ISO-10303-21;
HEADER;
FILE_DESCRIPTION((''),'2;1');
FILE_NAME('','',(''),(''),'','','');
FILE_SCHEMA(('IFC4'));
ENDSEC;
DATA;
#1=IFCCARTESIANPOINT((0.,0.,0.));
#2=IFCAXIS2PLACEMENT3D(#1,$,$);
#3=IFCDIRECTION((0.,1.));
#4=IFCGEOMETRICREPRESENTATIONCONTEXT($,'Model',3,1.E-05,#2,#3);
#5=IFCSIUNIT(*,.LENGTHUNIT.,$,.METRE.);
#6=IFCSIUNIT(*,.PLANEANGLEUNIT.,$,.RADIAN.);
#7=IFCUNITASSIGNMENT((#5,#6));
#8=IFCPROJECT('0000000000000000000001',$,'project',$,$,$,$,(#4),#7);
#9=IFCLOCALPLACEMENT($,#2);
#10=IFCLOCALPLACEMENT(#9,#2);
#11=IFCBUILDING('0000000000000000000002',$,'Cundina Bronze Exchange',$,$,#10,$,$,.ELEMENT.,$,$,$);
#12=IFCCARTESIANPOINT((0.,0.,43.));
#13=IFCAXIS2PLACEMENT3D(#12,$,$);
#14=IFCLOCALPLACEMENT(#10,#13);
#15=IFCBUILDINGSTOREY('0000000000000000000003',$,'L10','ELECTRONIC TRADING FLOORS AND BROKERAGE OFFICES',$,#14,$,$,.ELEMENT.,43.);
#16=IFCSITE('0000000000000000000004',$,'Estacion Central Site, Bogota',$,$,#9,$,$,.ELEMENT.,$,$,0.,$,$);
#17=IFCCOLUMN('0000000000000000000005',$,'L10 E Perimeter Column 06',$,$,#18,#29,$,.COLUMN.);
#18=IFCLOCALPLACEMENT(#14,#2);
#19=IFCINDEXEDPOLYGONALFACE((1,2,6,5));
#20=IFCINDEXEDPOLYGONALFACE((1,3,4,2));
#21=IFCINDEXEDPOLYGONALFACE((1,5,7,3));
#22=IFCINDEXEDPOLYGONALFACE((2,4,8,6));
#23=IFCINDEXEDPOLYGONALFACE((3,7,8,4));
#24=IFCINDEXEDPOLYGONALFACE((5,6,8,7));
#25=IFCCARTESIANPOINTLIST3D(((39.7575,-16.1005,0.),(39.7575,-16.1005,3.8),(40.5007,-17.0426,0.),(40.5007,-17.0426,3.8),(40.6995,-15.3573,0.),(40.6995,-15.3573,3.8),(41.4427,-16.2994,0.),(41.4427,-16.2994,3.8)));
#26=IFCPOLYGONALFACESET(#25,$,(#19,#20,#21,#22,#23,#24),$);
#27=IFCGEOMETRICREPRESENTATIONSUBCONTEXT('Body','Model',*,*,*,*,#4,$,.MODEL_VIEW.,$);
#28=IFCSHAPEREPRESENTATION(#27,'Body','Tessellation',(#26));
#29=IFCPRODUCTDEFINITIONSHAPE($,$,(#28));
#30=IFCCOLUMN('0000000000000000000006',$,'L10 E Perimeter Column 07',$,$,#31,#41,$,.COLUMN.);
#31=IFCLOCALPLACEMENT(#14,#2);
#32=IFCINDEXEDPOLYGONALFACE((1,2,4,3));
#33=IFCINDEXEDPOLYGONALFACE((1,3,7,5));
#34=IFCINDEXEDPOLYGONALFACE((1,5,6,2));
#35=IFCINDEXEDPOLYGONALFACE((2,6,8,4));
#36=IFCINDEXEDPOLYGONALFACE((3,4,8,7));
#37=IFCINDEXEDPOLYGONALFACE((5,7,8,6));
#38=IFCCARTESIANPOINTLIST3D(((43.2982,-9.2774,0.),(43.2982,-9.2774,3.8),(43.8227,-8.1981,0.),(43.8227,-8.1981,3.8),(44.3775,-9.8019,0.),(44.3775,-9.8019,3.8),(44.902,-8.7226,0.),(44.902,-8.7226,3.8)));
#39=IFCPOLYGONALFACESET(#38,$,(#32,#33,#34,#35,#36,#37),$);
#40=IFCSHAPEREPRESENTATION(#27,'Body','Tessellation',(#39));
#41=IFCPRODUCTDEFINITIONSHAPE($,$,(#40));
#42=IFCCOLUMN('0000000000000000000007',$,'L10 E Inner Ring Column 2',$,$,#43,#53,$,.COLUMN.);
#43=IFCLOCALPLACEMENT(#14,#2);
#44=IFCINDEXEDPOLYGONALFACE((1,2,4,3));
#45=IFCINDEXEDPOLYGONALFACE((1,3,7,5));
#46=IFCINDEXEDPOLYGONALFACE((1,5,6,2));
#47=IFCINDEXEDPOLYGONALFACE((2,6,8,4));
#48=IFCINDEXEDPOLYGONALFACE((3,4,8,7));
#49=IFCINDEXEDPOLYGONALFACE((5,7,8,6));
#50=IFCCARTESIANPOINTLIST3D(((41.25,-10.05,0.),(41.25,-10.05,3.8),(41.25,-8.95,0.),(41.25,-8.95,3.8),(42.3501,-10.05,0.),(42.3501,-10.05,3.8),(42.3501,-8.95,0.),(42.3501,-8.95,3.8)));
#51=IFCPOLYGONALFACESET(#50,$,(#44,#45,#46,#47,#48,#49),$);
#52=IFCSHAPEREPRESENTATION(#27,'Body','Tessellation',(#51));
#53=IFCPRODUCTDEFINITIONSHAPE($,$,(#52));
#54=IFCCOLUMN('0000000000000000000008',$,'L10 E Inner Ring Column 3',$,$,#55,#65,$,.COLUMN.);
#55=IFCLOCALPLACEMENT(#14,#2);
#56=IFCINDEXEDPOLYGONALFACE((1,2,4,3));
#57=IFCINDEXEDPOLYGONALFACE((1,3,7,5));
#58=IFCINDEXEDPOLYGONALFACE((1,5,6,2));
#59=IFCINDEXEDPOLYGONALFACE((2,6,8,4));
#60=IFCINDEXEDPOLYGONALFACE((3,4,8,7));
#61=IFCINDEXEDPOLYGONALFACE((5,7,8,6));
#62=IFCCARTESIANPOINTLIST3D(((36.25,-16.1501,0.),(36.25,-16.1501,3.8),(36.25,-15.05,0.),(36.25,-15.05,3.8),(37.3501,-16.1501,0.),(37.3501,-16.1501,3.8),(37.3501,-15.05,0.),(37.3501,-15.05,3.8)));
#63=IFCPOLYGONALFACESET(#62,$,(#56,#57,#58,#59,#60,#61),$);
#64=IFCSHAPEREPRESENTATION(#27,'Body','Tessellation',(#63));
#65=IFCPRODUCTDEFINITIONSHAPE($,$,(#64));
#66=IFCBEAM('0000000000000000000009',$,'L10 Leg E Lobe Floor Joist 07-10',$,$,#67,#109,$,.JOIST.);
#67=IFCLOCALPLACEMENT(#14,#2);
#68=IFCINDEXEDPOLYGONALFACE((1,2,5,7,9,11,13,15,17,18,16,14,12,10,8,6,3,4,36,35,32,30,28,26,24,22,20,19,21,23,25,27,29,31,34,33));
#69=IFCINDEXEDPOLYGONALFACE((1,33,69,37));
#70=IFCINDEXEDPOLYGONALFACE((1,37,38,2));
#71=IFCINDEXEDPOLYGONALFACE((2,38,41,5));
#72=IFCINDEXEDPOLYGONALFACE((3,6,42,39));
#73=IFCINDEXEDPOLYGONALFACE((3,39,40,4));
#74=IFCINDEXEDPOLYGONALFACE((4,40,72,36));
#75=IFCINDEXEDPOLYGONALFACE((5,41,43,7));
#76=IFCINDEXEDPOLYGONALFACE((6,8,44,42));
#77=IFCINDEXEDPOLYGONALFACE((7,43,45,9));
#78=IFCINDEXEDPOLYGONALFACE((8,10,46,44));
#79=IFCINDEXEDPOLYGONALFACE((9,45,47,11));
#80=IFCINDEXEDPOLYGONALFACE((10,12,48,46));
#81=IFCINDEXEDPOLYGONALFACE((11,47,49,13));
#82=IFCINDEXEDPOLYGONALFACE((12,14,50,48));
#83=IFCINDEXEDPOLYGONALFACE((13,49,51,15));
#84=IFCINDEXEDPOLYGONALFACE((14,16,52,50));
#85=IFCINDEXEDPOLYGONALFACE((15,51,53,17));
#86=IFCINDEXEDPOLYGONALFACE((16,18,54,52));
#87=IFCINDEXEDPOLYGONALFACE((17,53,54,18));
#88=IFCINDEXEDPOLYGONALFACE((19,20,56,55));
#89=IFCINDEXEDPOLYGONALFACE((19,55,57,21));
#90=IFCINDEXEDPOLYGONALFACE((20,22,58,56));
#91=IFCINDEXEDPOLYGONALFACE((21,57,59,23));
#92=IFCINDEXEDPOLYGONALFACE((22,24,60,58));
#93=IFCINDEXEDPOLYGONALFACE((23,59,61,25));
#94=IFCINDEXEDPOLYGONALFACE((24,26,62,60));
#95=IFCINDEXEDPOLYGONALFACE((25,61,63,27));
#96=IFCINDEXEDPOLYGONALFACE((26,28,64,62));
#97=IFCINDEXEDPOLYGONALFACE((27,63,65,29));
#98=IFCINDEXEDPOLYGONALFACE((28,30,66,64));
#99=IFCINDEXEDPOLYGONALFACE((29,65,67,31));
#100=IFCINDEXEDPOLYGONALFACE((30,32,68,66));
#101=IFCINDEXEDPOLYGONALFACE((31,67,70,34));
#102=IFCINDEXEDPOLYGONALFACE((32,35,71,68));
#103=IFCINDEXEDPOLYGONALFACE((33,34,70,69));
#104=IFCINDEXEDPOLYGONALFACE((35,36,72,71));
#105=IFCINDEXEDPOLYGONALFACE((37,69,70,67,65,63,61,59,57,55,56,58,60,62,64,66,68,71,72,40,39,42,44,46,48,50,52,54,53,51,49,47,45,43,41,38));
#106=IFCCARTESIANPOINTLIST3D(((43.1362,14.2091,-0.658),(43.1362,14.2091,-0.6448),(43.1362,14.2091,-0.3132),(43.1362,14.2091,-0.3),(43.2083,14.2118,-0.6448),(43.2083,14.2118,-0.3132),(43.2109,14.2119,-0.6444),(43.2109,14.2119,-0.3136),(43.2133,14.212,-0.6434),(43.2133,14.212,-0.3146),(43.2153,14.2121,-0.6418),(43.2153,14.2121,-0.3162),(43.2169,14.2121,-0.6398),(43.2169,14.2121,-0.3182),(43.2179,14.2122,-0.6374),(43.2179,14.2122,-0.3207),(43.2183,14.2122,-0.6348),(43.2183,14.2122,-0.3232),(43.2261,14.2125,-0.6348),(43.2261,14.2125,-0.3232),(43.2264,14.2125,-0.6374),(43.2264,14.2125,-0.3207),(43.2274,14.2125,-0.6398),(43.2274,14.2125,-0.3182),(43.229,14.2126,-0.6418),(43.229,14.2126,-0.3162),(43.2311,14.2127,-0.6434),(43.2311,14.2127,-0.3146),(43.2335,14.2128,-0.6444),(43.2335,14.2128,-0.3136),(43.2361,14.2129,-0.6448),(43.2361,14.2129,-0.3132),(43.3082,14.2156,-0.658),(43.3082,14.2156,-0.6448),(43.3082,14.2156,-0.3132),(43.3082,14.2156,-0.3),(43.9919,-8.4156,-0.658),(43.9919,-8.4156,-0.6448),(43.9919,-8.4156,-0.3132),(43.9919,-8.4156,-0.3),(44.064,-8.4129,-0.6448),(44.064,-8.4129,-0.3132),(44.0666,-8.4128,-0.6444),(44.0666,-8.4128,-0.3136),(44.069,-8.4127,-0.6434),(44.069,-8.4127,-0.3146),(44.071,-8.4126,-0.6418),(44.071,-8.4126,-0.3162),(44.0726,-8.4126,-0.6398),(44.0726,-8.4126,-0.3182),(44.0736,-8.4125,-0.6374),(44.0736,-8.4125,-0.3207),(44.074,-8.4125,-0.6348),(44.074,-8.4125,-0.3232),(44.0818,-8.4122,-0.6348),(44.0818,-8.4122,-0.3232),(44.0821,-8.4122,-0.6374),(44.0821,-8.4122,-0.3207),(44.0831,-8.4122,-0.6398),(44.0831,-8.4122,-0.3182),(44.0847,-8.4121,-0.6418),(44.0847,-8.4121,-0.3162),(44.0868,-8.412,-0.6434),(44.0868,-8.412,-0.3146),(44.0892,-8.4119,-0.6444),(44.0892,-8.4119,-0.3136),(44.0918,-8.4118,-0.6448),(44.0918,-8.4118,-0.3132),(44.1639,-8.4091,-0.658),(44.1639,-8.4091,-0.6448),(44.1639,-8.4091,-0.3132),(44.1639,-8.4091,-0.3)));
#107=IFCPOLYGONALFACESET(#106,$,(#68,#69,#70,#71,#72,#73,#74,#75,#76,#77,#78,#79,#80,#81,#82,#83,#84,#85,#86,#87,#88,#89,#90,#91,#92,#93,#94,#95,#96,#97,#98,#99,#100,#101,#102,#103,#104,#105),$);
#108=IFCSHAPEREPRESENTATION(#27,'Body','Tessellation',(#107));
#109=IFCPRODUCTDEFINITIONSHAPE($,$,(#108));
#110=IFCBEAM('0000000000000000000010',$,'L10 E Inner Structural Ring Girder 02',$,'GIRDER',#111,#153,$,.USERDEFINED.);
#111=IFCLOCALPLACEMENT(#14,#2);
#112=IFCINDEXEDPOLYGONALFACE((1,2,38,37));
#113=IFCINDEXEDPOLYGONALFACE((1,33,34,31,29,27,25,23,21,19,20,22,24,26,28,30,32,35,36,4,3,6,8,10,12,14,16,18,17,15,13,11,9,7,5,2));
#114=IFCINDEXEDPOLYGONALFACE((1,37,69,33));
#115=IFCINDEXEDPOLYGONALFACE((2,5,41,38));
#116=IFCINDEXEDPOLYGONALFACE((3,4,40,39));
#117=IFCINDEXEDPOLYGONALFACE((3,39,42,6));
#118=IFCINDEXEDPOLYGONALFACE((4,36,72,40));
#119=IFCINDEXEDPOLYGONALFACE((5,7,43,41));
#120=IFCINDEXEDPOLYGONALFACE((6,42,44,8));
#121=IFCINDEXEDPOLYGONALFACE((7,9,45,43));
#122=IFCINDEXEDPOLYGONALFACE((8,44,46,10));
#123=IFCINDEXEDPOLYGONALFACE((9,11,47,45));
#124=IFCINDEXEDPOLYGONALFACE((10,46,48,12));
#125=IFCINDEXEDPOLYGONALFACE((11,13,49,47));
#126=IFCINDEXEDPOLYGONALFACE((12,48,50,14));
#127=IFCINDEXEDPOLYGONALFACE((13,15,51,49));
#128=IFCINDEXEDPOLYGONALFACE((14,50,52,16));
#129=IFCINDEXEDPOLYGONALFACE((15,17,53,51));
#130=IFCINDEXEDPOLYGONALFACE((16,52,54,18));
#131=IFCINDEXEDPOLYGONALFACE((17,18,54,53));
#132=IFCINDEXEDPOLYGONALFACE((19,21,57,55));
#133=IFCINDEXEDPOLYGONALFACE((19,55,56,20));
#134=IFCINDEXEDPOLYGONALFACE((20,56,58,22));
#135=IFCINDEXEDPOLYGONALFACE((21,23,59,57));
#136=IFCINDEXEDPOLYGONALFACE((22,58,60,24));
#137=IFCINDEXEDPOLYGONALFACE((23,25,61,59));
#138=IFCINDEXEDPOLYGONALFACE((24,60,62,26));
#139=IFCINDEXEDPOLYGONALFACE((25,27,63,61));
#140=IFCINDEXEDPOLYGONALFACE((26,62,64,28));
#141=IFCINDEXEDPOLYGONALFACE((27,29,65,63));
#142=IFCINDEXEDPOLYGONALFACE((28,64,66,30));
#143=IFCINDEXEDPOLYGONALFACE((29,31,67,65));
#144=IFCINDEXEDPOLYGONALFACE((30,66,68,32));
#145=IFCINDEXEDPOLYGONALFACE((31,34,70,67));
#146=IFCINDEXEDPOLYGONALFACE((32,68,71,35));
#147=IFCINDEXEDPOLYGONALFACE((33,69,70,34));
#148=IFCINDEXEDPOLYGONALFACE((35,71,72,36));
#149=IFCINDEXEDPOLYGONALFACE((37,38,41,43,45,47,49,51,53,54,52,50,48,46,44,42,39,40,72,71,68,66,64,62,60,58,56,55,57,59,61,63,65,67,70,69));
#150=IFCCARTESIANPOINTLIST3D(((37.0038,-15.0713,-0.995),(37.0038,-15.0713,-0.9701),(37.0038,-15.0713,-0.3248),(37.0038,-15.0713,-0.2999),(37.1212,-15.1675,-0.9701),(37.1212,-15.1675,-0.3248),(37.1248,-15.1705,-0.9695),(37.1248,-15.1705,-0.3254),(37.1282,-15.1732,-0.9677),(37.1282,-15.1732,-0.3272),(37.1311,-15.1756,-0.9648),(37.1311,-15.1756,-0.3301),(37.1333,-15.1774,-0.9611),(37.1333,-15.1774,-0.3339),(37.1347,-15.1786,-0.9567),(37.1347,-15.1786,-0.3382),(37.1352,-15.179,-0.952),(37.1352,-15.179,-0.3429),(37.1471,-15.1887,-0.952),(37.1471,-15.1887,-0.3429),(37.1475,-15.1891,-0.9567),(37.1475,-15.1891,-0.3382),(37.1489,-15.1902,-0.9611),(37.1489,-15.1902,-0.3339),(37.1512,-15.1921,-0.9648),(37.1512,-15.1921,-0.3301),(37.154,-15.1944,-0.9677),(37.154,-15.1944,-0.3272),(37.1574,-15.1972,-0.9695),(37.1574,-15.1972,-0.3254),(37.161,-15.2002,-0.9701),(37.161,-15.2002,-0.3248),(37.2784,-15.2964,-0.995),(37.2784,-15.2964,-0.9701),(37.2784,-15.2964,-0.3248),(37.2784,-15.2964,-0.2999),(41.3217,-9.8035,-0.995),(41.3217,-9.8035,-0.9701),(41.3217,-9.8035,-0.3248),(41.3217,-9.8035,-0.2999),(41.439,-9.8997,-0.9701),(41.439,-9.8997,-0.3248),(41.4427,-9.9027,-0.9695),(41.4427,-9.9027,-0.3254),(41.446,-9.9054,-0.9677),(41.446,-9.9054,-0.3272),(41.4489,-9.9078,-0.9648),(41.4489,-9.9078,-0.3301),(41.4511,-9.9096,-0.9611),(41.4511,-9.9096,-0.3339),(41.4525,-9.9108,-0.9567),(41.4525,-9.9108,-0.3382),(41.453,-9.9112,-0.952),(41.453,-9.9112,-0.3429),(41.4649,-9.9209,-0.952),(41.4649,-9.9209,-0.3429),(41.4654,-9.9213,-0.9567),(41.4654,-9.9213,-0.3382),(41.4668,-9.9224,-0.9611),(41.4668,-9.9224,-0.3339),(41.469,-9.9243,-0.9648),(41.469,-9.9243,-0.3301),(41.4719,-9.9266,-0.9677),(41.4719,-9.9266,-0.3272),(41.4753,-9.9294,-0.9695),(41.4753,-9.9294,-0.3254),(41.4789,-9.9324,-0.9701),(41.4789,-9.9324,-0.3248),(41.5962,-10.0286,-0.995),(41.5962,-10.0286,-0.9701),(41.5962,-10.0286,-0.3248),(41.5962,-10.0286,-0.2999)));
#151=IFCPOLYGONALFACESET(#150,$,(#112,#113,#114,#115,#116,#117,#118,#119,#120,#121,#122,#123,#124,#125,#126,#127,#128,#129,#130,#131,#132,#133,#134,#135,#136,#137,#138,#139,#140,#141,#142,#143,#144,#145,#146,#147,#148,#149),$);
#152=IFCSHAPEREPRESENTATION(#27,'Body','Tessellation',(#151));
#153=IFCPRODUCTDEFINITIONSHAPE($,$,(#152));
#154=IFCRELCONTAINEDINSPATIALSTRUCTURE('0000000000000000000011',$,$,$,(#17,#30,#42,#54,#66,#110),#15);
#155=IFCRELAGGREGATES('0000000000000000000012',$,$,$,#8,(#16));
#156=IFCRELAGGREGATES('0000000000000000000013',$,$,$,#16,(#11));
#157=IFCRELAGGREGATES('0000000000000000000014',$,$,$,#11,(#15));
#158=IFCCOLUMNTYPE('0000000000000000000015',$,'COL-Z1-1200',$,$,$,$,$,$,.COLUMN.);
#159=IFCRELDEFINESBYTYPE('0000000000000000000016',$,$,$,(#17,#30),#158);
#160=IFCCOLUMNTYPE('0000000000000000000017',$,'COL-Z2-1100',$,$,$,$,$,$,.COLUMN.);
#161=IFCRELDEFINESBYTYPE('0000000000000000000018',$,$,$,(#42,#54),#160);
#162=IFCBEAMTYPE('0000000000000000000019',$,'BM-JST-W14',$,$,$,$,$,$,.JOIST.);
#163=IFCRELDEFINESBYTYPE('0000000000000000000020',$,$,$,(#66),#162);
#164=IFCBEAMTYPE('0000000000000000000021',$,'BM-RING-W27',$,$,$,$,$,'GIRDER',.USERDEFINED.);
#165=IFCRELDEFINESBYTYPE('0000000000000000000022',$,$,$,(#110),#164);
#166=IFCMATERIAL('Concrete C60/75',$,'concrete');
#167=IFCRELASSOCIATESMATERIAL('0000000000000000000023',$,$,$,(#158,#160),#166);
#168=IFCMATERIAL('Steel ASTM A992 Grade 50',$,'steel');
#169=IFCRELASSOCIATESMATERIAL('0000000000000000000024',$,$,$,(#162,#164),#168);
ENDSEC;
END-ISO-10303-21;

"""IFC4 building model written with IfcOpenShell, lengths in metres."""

from ifc_helpers import new_model, si_unit, direction, frame, origin, origin_2d, place, context, subcontext, project, spatial, rectangle, i_section, extrude, material, material_profile, profile_set, type_object, element, save


model = new_model("IFC4")

# Units and contexts
model_context = context("Model", 3, precision=1e-05, world=origin(), true_north=direction((0.0, 1.0)))
body_context = subcontext(model_context, "Body", "Model", "MODEL_VIEW")
ifc_project = project(units=[si_unit("LENGTHUNIT", "METRE"), si_unit("PLANEANGLEUNIT", "RADIAN")], contexts=[model_context])

# Site, building, storey
site_placement = place(None, origin())
site = spatial("IfcSite", under=ifc_project, at=site_placement, Name="Estacion Central Site, Bogota", CompositionType="ELEMENT", RefElevation=0.0)
building_placement = place(site_placement, origin())
building = spatial("IfcBuilding", under=site, at=building_placement, Name="Cundina Bronze Exchange", CompositionType="ELEMENT")
storey_placement = place(building_placement, frame((0.0, 0.0, 43.0)))
storey = spatial("IfcBuildingStorey", under=building, at=storey_placement, Name="L10", Description="ELECTRONIC TRADING FLOORS AND BROKERAGE OFFICES", CompositionType="ELEMENT", Elevation=43.0)

# Columns
ifc_material_1 = material(Name="Concrete C60/75", Category="concrete")
ifc_material_profile_1 = material_profile(ifc_material_1, rectangle(XDim=1.2, YDim=1.2, at=origin_2d()), Name="RC1200X1200", Category="concrete")
ifc_profile_set_1 = profile_set([ifc_material_profile_1], Name="Concrete C60/75")
column_type_1 = type_object("IfcColumnType", Name="COL-Z1-1200", PredefinedType="COLUMN", material=ifc_profile_set_1)
for number, where, z_axis, x_axis, name in (
    (1, (40.6001, -16.2, 0.0), (0.0, 0.0, 1.0), (0.785101, 0.619368, 0.0), "L10 E Perimeter Column 06"),
    (2, (44.1001, -9.0, 0.0), (0.0, 0.0, 1.0), (0.437116, 0.899405, 0.0), "L10 E Perimeter Column 07"),
):
    element("IfcColumn", number, at=place(storey_placement, frame(where, z_axis=z_axis, x_axis=x_axis)), inside=storey, type_object=column_type_1, Name=name, PredefinedType="COLUMN", context=body_context, shape_type="SweptSolid", body=[
        extrude(rectangle(XDim=1.2, YDim=1.2, at=origin_2d()), origin(), (0.0, 0.0, 1.0), 3.8),
    ])
ifc_material_profile_2 = material_profile(ifc_material_1, rectangle(XDim=1.1001, YDim=1.1001, at=origin_2d()), Name="RC1100X1100", Category="concrete")
ifc_profile_set_2 = profile_set([ifc_material_profile_2], Name="Concrete C60/75")
column_type_2 = type_object("IfcColumnType", Name="COL-Z2-1100", PredefinedType="COLUMN", material=ifc_profile_set_2)
for number, where, z_axis, x_axis, name in (
    (3, (41.8, -9.5, 0.0), (0.0, 0.0, 1.0), (1.0, 0.0, 0.0), "L10 E Inner Ring Column 2"),
    (4, (36.8, -15.6001, 0.0), (0.0, 0.0, 1.0), (1.0, 0.0, 0.0), "L10 E Inner Ring Column 3"),
):
    element("IfcColumn", number, at=place(storey_placement, frame(where, z_axis=z_axis, x_axis=x_axis)), inside=storey, type_object=column_type_2, Name=name, PredefinedType="COLUMN", context=body_context, shape_type="SweptSolid", body=[
        extrude(rectangle(XDim=1.1001, YDim=1.1001, at=origin_2d()), origin(), (0.0, 0.0, 1.0), 3.8),
    ])

# Beams
ifc_material_2 = material(Name="Steel ASTM A992 Grade 50", Category="steel")
ifc_material_profile_3 = material_profile(ifc_material_2, i_section(OverallWidth=0.1721, OverallDepth=0.3579, WebThickness=0.0078, FlangeThickness=0.0132, FilletRadius=0.01, at=origin_2d()), Name="W14X38", Category="steel")
ifc_profile_set_3 = profile_set([ifc_material_profile_3], Name="Steel ASTM A992 Grade 50")
beam_type_1 = type_object("IfcBeamType", Name="BM-JST-W14", PredefinedType="JOIST", material=ifc_profile_set_3)
beam_1_placement = place(storey_placement, frame((44.0779, -8.4124, -0.479), z_axis=(-0.037795, 0.999286, 0.0), x_axis=(-0.999286, -0.037795, 0.0)))
element("IfcBeam", 5, at=beam_1_placement, inside=storey, type_object=beam_type_1, Name="L10 Leg E Lobe Floor Joist 07-10", PredefinedType="JOIST", context=body_context, shape_type="SweptSolid", body=[
    extrude(i_section(OverallWidth=0.1721, OverallDepth=0.3579, WebThickness=0.0078, FlangeThickness=0.0132, FilletRadius=0.01, at=origin_2d()), origin(), (0.0, 0.0, 1.0), 22.6409),
])
ifc_material_profile_4 = material_profile(ifc_material_2, i_section(OverallWidth=0.355, OverallDepth=0.6951, WebThickness=0.0154, FlangeThickness=0.0249, FilletRadius=0.0181, at=origin_2d()), Name="W27X146", Category="steel")
ifc_profile_set_4 = profile_set([ifc_material_profile_4], Name="Steel ASTM A992 Grade 50")
beam_type_2 = type_object("IfcBeamType", Name="BM-RING-W27", ElementType="GIRDER", PredefinedType="USERDEFINED", material=ifc_profile_set_4)
beam_2_placement = place(storey_placement, frame((37.1411, -15.1838, -0.6475), z_axis=(0.633927, 0.773393, 0.0), x_axis=(-0.773393, 0.633927, 0.0)))
element("IfcBeam", 6, at=beam_2_placement, inside=storey, type_object=beam_type_2, Name="L10 E Inner Structural Ring Girder 02", ObjectType="GIRDER", PredefinedType="USERDEFINED", context=body_context, shape_type="SweptSolid", body=[
    extrude(i_section(OverallWidth=0.355, OverallDepth=0.6951, WebThickness=0.0154, FlangeThickness=0.0249, FilletRadius=0.0181, at=origin_2d()), origin(), (0.0, 0.0, 1.0), 6.8113),
])

save(model, "model.ifc")
